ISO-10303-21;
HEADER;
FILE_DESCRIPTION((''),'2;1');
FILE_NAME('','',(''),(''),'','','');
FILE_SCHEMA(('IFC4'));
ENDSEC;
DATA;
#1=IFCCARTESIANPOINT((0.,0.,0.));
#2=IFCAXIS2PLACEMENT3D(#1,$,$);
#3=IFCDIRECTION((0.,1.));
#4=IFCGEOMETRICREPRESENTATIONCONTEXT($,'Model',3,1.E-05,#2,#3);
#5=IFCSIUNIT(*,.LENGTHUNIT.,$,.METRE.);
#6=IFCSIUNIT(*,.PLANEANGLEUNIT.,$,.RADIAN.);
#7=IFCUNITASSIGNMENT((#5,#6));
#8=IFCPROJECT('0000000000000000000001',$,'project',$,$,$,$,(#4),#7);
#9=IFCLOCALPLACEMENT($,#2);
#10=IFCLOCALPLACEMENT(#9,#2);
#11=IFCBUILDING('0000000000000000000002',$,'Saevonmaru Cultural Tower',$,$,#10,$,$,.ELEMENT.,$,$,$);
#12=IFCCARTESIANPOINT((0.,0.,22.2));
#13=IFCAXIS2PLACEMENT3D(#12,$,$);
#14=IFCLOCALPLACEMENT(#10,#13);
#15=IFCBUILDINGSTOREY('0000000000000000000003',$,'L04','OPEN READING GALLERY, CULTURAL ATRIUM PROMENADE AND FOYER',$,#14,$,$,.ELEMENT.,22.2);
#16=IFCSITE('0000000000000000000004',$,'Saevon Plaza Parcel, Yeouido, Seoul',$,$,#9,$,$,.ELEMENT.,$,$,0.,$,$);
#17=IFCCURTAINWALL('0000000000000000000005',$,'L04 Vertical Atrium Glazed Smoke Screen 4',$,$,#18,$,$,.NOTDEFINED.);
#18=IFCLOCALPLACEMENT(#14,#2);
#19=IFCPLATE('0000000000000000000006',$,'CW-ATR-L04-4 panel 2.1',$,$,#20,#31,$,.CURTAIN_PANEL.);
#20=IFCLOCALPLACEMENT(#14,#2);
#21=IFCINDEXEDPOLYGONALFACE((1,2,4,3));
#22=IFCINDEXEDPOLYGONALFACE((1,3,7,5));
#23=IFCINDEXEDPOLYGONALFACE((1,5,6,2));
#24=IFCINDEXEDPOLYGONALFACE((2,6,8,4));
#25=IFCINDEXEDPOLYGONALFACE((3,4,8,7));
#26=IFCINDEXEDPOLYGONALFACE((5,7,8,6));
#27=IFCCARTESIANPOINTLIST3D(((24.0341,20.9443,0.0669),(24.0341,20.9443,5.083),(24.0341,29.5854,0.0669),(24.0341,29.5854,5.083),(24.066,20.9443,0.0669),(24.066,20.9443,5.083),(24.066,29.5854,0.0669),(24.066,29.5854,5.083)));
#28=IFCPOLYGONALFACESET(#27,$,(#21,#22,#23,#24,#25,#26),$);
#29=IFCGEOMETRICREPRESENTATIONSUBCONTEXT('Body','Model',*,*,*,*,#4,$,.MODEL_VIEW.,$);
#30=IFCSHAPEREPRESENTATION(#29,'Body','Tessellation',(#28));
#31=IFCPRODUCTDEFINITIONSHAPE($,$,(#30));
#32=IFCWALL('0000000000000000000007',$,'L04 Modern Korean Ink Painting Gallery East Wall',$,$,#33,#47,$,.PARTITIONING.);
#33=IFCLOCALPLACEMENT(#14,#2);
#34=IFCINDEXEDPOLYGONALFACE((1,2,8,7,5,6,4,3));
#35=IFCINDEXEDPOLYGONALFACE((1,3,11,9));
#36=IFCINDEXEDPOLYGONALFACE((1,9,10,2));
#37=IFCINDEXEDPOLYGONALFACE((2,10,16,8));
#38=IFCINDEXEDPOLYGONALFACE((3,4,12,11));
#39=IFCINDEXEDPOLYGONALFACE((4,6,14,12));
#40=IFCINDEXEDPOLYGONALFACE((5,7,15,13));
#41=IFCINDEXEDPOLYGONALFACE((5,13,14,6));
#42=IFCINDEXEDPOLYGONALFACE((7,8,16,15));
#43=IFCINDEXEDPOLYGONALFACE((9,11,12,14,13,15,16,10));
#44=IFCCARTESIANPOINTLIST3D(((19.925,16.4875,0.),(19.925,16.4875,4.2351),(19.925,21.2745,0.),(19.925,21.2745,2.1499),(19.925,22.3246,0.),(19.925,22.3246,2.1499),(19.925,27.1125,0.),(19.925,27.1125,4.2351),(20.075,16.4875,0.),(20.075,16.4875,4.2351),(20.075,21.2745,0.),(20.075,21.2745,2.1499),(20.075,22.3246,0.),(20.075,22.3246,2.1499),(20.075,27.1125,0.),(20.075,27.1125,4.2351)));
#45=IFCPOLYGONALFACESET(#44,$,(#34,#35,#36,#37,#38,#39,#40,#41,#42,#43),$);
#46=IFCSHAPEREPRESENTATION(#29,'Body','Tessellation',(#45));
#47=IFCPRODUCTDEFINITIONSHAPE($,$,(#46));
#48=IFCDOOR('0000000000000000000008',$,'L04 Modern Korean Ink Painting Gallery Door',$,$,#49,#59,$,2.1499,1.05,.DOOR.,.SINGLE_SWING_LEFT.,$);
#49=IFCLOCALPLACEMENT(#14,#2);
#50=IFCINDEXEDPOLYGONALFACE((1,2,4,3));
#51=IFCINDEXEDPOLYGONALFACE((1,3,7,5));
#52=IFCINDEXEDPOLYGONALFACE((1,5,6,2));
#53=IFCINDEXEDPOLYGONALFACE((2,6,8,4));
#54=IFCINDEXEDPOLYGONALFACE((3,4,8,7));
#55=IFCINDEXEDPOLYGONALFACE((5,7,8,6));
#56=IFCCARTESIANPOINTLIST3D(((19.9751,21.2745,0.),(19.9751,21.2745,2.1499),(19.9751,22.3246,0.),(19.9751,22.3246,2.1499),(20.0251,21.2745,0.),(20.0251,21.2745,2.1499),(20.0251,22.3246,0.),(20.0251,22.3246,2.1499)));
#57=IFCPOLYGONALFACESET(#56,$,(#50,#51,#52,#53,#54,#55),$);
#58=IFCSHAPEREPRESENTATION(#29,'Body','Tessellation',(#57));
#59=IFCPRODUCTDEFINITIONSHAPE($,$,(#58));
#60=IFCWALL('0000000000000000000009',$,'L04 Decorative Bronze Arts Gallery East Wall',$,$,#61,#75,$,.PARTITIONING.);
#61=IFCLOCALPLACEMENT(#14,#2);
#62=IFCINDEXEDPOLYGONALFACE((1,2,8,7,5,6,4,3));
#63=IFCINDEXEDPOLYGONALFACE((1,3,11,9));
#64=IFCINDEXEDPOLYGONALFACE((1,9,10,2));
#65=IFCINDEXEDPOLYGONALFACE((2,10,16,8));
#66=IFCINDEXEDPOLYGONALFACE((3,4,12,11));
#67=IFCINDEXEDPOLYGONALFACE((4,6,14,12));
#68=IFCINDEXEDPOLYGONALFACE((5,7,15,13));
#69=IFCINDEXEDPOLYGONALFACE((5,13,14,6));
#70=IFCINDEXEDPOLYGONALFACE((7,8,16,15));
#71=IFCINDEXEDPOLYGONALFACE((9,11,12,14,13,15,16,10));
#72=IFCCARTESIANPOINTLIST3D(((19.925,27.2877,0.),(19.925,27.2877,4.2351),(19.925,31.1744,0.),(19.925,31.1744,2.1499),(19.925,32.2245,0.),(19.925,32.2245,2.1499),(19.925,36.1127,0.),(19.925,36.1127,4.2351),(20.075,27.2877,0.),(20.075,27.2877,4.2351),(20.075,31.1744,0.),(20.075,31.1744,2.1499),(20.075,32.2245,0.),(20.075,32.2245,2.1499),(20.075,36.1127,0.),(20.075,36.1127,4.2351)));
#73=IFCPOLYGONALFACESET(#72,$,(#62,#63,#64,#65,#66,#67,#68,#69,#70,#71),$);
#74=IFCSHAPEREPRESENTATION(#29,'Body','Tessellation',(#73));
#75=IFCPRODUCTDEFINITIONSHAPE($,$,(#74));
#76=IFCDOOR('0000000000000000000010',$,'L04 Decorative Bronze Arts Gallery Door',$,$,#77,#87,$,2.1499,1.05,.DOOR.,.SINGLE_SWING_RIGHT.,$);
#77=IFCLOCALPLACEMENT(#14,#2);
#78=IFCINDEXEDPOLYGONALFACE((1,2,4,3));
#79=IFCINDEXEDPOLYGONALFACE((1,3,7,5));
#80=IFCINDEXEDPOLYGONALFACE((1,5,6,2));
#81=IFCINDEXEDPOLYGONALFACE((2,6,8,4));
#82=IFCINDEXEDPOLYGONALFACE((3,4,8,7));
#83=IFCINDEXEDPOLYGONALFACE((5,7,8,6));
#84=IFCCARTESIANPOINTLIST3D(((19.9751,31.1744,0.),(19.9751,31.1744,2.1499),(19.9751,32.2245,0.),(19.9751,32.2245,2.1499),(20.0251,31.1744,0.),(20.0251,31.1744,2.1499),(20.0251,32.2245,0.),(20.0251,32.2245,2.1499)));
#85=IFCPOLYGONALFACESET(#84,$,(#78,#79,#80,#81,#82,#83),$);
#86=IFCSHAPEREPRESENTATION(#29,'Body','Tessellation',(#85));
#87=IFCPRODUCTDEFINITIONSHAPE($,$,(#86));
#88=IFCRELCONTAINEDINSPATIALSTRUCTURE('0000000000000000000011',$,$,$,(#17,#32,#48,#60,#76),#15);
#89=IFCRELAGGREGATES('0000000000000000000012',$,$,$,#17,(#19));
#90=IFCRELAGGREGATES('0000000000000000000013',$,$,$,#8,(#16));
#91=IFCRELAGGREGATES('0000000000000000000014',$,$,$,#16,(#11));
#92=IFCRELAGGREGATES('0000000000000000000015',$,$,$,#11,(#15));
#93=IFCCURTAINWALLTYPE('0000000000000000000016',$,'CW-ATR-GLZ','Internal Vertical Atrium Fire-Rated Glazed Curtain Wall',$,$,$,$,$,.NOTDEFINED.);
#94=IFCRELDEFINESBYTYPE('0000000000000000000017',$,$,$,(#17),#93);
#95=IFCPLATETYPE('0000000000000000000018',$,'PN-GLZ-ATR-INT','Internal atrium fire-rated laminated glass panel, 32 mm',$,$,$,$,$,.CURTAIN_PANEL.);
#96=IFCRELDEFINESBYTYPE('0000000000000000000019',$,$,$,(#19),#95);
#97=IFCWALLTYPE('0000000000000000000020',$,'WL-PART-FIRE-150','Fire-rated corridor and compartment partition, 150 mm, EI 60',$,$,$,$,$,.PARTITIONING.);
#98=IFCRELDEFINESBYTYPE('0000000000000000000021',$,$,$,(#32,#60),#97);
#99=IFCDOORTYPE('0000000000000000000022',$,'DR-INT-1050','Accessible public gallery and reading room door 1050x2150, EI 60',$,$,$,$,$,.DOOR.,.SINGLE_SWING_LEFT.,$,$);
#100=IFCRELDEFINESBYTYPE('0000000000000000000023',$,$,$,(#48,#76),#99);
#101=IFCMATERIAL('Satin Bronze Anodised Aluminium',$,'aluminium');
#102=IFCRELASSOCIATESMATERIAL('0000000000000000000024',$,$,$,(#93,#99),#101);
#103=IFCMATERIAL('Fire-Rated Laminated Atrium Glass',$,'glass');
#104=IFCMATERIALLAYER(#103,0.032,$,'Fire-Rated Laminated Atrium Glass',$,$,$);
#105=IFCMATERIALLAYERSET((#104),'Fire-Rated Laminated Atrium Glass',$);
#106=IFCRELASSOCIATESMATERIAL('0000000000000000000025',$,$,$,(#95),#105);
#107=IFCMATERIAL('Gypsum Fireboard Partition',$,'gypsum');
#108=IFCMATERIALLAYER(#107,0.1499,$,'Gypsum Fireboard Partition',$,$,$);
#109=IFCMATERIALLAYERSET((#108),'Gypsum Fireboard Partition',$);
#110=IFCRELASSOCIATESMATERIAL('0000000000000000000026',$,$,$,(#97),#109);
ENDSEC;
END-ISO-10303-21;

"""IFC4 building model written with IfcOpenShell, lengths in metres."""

from ifc_helpers import new_model, si_unit, direction, frame, frame_2d, origin, origin_2d, place, context, subcontext, project, spatial, rectangle, extrude, material, layer, layer_set, type_object, element, fill, aggregate, save


model = new_model("IFC4")

# Units and contexts
model_context = context("Model", 3, precision=1e-05, world=origin(), true_north=direction((0.0, 1.0)))
body_context = subcontext(model_context, "Body", "Model", "MODEL_VIEW")
ifc_project = project(units=[si_unit("LENGTHUNIT", "METRE"), si_unit("PLANEANGLEUNIT", "RADIAN")], contexts=[model_context])

# Site, building, storey
site_placement = place(None, origin())
site = spatial("IfcSite", under=ifc_project, at=site_placement, Name="Saevon Plaza Parcel, Yeouido, Seoul", CompositionType="ELEMENT", RefElevation=0.0)
building_placement = place(site_placement, origin())
building = spatial("IfcBuilding", under=site, at=building_placement, Name="Saevonmaru Cultural Tower", CompositionType="ELEMENT")
storey_placement = place(building_placement, frame((0.0, 0.0, 22.2)))
storey = spatial("IfcBuildingStorey", under=building, at=storey_placement, Name="L04", Description="OPEN READING GALLERY, CULTURAL ATRIUM PROMENADE AND FOYER", CompositionType="ELEMENT", Elevation=22.2)

# Curtain wall
ifc_material_1 = material(Name="Satin Bronze Anodised Aluminium", Category="aluminium")
curtain_wall_type = type_object("IfcCurtainWallType", Name="CW-ATR-GLZ", Description="Internal Vertical Atrium Fire-Rated Glazed Curtain Wall", PredefinedType="NOTDEFINED", material=ifc_material_1)
curtain_wall_1_placement = place(storey_placement, origin())
curtain_wall_1 = element("IfcCurtainWall", 1, at=curtain_wall_1_placement, inside=storey, type_object=curtain_wall_type, Name="L04 Vertical Atrium Glazed Smoke Screen 4", PredefinedType="NOTDEFINED")

# Plate
ifc_material_2 = material(Name="Fire-Rated Laminated Atrium Glass", Category="glass")
ifc_layer_1 = layer(ifc_material_2, 0.032, Name="Fire-Rated Laminated Atrium Glass")
ifc_layer_set_1 = layer_set([ifc_layer_1], Name="Fire-Rated Laminated Atrium Glass")
plate_type = type_object("IfcPlateType", Name="PN-GLZ-ATR-INT", Description="Internal atrium fire-rated laminated glass panel, 32 mm", PredefinedType="CURTAIN_PANEL", material=ifc_layer_set_1)
plate_1_placement = place(storey_placement, frame((24.05, 25.2649, 0.0669), z_axis=(0.0, 0.0, 1.0), x_axis=(0.0, -1.0, 0.0)))
plate_1 = element("IfcPlate", 2, at=plate_1_placement, type_object=plate_type, Name="CW-ATR-L04-4 panel 2.1", PredefinedType="CURTAIN_PANEL", context=body_context, shape_type="SweptSolid", body=[
    extrude(rectangle(XDim=8.6411, YDim=0.032, at=origin_2d()), origin(), (0.0, 0.0, 1.0), 5.0161),
])
aggregate(curtain_wall_1, [plate_1])

# Walls, openings, doors
ifc_material_3 = material(Name="Gypsum Fireboard Partition", Category="gypsum")
ifc_layer_2 = layer(ifc_material_3, 0.1499, Name="Gypsum Fireboard Partition")
ifc_layer_set_2 = layer_set([ifc_layer_2], Name="Gypsum Fireboard Partition")
wall_type = type_object("IfcWallType", Name="WL-PART-FIRE-150", Description="Fire-rated corridor and compartment partition, 150 mm, EI 60", PredefinedType="PARTITIONING", material=ifc_layer_set_2)
wall_1_placement = place(storey_placement, frame((20.0, 16.4875, 0.0), z_axis=(0.0, 0.0, 1.0), x_axis=(0.0, 1.0, 0.0)))
wall_1 = element("IfcWall", 3, at=wall_1_placement, inside=storey, type_object=wall_type, Name="L04 Modern Korean Ink Painting Gallery East Wall", PredefinedType="PARTITIONING", context=body_context, shape_type="SweptSolid", body=[
    extrude(rectangle(XDim=10.625, YDim=0.1499, at=frame_2d((5.3125, 0.0))), origin(), (0.0, 0.0, 1.0), 4.2351),
])
opening_1_placement = place(wall_1_placement, frame((4.7871, 0.0, 0.0)))
opening_1 = element("IfcOpeningElement", 4, at=opening_1_placement, cuts=wall_1, PredefinedType="OPENING", context=body_context, shape_type="SweptSolid", body=[
    extrude(rectangle(XDim=1.05, YDim=2.1499, at=frame_2d((0.5249, 1.075))), frame((0.0, 0.085, 0.0), z_axis=(0.0, -1.0, 0.0), x_axis=(1.0, 0.0, 0.0)), (0.0, 0.0, 1.0), 0.1699),
])
door_type = type_object("IfcDoorType", Name="DR-INT-1050", Description="Accessible public gallery and reading room door 1050x2150, EI 60", OperationType="SINGLE_SWING_LEFT", PredefinedType="DOOR", material=ifc_material_1)
door_1_placement = place(opening_1_placement, origin())
door_1 = element("IfcDoor", 5, at=door_1_placement, inside=storey, type_object=door_type, Name="L04 Modern Korean Ink Painting Gallery Door", OperationType="SINGLE_SWING_LEFT", OverallHeight=2.1499, OverallWidth=1.05, PredefinedType="DOOR", context=body_context, shape_type="SweptSolid", body=[
    extrude(rectangle(XDim=1.05, YDim=2.1499, at=frame_2d((0.5249, 1.075))), frame((0.0, 0.0249, 0.0), z_axis=(0.0, -1.0, 0.0), x_axis=(1.0, 0.0, 0.0)), (0.0, 0.0, 1.0), 0.05),
])
fill(opening_1, door_1)
wall_2_placement = place(storey_placement, frame((20.0, 27.2876, 0.0), z_axis=(0.0, 0.0, 1.0), x_axis=(0.0, 1.0, 0.0)))
wall_2 = element("IfcWall", 6, at=wall_2_placement, inside=storey, type_object=wall_type, Name="L04 Decorative Bronze Arts Gallery East Wall", PredefinedType="PARTITIONING", context=body_context, shape_type="SweptSolid", body=[
    extrude(rectangle(XDim=8.825, YDim=0.1499, at=frame_2d((4.4126, 0.0))), origin(), (0.0, 0.0, 1.0), 4.2351),
])
opening_2_placement = place(wall_2_placement, frame((3.887, 0.0, 0.0)))
opening_2 = element("IfcOpeningElement", 7, at=opening_2_placement, cuts=wall_2, PredefinedType="OPENING", context=body_context, shape_type="SweptSolid", body=[
    extrude(rectangle(XDim=1.05, YDim=2.1499, at=frame_2d((0.5249, 1.075))), frame((0.0, 0.085, 0.0), z_axis=(0.0, -1.0, 0.0), x_axis=(1.0, 0.0, 0.0)), (0.0, 0.0, 1.0), 0.1699),
])
door_2_placement = place(opening_2_placement, origin())
door_2 = element("IfcDoor", 8, at=door_2_placement, inside=storey, type_object=door_type, Name="L04 Decorative Bronze Arts Gallery Door", OperationType="SINGLE_SWING_RIGHT", OverallHeight=2.1499, OverallWidth=1.05, PredefinedType="DOOR", context=body_context, shape_type="SweptSolid", body=[
    extrude(rectangle(XDim=1.05, YDim=2.1499, at=frame_2d((0.5249, 1.075))), frame((0.0, 0.0249, 0.0), z_axis=(0.0, -1.0, 0.0), x_axis=(1.0, 0.0, 0.0)), (0.0, 0.0, 1.0), 0.05),
])
fill(opening_2, door_2)

save(model, "model.ifc")
